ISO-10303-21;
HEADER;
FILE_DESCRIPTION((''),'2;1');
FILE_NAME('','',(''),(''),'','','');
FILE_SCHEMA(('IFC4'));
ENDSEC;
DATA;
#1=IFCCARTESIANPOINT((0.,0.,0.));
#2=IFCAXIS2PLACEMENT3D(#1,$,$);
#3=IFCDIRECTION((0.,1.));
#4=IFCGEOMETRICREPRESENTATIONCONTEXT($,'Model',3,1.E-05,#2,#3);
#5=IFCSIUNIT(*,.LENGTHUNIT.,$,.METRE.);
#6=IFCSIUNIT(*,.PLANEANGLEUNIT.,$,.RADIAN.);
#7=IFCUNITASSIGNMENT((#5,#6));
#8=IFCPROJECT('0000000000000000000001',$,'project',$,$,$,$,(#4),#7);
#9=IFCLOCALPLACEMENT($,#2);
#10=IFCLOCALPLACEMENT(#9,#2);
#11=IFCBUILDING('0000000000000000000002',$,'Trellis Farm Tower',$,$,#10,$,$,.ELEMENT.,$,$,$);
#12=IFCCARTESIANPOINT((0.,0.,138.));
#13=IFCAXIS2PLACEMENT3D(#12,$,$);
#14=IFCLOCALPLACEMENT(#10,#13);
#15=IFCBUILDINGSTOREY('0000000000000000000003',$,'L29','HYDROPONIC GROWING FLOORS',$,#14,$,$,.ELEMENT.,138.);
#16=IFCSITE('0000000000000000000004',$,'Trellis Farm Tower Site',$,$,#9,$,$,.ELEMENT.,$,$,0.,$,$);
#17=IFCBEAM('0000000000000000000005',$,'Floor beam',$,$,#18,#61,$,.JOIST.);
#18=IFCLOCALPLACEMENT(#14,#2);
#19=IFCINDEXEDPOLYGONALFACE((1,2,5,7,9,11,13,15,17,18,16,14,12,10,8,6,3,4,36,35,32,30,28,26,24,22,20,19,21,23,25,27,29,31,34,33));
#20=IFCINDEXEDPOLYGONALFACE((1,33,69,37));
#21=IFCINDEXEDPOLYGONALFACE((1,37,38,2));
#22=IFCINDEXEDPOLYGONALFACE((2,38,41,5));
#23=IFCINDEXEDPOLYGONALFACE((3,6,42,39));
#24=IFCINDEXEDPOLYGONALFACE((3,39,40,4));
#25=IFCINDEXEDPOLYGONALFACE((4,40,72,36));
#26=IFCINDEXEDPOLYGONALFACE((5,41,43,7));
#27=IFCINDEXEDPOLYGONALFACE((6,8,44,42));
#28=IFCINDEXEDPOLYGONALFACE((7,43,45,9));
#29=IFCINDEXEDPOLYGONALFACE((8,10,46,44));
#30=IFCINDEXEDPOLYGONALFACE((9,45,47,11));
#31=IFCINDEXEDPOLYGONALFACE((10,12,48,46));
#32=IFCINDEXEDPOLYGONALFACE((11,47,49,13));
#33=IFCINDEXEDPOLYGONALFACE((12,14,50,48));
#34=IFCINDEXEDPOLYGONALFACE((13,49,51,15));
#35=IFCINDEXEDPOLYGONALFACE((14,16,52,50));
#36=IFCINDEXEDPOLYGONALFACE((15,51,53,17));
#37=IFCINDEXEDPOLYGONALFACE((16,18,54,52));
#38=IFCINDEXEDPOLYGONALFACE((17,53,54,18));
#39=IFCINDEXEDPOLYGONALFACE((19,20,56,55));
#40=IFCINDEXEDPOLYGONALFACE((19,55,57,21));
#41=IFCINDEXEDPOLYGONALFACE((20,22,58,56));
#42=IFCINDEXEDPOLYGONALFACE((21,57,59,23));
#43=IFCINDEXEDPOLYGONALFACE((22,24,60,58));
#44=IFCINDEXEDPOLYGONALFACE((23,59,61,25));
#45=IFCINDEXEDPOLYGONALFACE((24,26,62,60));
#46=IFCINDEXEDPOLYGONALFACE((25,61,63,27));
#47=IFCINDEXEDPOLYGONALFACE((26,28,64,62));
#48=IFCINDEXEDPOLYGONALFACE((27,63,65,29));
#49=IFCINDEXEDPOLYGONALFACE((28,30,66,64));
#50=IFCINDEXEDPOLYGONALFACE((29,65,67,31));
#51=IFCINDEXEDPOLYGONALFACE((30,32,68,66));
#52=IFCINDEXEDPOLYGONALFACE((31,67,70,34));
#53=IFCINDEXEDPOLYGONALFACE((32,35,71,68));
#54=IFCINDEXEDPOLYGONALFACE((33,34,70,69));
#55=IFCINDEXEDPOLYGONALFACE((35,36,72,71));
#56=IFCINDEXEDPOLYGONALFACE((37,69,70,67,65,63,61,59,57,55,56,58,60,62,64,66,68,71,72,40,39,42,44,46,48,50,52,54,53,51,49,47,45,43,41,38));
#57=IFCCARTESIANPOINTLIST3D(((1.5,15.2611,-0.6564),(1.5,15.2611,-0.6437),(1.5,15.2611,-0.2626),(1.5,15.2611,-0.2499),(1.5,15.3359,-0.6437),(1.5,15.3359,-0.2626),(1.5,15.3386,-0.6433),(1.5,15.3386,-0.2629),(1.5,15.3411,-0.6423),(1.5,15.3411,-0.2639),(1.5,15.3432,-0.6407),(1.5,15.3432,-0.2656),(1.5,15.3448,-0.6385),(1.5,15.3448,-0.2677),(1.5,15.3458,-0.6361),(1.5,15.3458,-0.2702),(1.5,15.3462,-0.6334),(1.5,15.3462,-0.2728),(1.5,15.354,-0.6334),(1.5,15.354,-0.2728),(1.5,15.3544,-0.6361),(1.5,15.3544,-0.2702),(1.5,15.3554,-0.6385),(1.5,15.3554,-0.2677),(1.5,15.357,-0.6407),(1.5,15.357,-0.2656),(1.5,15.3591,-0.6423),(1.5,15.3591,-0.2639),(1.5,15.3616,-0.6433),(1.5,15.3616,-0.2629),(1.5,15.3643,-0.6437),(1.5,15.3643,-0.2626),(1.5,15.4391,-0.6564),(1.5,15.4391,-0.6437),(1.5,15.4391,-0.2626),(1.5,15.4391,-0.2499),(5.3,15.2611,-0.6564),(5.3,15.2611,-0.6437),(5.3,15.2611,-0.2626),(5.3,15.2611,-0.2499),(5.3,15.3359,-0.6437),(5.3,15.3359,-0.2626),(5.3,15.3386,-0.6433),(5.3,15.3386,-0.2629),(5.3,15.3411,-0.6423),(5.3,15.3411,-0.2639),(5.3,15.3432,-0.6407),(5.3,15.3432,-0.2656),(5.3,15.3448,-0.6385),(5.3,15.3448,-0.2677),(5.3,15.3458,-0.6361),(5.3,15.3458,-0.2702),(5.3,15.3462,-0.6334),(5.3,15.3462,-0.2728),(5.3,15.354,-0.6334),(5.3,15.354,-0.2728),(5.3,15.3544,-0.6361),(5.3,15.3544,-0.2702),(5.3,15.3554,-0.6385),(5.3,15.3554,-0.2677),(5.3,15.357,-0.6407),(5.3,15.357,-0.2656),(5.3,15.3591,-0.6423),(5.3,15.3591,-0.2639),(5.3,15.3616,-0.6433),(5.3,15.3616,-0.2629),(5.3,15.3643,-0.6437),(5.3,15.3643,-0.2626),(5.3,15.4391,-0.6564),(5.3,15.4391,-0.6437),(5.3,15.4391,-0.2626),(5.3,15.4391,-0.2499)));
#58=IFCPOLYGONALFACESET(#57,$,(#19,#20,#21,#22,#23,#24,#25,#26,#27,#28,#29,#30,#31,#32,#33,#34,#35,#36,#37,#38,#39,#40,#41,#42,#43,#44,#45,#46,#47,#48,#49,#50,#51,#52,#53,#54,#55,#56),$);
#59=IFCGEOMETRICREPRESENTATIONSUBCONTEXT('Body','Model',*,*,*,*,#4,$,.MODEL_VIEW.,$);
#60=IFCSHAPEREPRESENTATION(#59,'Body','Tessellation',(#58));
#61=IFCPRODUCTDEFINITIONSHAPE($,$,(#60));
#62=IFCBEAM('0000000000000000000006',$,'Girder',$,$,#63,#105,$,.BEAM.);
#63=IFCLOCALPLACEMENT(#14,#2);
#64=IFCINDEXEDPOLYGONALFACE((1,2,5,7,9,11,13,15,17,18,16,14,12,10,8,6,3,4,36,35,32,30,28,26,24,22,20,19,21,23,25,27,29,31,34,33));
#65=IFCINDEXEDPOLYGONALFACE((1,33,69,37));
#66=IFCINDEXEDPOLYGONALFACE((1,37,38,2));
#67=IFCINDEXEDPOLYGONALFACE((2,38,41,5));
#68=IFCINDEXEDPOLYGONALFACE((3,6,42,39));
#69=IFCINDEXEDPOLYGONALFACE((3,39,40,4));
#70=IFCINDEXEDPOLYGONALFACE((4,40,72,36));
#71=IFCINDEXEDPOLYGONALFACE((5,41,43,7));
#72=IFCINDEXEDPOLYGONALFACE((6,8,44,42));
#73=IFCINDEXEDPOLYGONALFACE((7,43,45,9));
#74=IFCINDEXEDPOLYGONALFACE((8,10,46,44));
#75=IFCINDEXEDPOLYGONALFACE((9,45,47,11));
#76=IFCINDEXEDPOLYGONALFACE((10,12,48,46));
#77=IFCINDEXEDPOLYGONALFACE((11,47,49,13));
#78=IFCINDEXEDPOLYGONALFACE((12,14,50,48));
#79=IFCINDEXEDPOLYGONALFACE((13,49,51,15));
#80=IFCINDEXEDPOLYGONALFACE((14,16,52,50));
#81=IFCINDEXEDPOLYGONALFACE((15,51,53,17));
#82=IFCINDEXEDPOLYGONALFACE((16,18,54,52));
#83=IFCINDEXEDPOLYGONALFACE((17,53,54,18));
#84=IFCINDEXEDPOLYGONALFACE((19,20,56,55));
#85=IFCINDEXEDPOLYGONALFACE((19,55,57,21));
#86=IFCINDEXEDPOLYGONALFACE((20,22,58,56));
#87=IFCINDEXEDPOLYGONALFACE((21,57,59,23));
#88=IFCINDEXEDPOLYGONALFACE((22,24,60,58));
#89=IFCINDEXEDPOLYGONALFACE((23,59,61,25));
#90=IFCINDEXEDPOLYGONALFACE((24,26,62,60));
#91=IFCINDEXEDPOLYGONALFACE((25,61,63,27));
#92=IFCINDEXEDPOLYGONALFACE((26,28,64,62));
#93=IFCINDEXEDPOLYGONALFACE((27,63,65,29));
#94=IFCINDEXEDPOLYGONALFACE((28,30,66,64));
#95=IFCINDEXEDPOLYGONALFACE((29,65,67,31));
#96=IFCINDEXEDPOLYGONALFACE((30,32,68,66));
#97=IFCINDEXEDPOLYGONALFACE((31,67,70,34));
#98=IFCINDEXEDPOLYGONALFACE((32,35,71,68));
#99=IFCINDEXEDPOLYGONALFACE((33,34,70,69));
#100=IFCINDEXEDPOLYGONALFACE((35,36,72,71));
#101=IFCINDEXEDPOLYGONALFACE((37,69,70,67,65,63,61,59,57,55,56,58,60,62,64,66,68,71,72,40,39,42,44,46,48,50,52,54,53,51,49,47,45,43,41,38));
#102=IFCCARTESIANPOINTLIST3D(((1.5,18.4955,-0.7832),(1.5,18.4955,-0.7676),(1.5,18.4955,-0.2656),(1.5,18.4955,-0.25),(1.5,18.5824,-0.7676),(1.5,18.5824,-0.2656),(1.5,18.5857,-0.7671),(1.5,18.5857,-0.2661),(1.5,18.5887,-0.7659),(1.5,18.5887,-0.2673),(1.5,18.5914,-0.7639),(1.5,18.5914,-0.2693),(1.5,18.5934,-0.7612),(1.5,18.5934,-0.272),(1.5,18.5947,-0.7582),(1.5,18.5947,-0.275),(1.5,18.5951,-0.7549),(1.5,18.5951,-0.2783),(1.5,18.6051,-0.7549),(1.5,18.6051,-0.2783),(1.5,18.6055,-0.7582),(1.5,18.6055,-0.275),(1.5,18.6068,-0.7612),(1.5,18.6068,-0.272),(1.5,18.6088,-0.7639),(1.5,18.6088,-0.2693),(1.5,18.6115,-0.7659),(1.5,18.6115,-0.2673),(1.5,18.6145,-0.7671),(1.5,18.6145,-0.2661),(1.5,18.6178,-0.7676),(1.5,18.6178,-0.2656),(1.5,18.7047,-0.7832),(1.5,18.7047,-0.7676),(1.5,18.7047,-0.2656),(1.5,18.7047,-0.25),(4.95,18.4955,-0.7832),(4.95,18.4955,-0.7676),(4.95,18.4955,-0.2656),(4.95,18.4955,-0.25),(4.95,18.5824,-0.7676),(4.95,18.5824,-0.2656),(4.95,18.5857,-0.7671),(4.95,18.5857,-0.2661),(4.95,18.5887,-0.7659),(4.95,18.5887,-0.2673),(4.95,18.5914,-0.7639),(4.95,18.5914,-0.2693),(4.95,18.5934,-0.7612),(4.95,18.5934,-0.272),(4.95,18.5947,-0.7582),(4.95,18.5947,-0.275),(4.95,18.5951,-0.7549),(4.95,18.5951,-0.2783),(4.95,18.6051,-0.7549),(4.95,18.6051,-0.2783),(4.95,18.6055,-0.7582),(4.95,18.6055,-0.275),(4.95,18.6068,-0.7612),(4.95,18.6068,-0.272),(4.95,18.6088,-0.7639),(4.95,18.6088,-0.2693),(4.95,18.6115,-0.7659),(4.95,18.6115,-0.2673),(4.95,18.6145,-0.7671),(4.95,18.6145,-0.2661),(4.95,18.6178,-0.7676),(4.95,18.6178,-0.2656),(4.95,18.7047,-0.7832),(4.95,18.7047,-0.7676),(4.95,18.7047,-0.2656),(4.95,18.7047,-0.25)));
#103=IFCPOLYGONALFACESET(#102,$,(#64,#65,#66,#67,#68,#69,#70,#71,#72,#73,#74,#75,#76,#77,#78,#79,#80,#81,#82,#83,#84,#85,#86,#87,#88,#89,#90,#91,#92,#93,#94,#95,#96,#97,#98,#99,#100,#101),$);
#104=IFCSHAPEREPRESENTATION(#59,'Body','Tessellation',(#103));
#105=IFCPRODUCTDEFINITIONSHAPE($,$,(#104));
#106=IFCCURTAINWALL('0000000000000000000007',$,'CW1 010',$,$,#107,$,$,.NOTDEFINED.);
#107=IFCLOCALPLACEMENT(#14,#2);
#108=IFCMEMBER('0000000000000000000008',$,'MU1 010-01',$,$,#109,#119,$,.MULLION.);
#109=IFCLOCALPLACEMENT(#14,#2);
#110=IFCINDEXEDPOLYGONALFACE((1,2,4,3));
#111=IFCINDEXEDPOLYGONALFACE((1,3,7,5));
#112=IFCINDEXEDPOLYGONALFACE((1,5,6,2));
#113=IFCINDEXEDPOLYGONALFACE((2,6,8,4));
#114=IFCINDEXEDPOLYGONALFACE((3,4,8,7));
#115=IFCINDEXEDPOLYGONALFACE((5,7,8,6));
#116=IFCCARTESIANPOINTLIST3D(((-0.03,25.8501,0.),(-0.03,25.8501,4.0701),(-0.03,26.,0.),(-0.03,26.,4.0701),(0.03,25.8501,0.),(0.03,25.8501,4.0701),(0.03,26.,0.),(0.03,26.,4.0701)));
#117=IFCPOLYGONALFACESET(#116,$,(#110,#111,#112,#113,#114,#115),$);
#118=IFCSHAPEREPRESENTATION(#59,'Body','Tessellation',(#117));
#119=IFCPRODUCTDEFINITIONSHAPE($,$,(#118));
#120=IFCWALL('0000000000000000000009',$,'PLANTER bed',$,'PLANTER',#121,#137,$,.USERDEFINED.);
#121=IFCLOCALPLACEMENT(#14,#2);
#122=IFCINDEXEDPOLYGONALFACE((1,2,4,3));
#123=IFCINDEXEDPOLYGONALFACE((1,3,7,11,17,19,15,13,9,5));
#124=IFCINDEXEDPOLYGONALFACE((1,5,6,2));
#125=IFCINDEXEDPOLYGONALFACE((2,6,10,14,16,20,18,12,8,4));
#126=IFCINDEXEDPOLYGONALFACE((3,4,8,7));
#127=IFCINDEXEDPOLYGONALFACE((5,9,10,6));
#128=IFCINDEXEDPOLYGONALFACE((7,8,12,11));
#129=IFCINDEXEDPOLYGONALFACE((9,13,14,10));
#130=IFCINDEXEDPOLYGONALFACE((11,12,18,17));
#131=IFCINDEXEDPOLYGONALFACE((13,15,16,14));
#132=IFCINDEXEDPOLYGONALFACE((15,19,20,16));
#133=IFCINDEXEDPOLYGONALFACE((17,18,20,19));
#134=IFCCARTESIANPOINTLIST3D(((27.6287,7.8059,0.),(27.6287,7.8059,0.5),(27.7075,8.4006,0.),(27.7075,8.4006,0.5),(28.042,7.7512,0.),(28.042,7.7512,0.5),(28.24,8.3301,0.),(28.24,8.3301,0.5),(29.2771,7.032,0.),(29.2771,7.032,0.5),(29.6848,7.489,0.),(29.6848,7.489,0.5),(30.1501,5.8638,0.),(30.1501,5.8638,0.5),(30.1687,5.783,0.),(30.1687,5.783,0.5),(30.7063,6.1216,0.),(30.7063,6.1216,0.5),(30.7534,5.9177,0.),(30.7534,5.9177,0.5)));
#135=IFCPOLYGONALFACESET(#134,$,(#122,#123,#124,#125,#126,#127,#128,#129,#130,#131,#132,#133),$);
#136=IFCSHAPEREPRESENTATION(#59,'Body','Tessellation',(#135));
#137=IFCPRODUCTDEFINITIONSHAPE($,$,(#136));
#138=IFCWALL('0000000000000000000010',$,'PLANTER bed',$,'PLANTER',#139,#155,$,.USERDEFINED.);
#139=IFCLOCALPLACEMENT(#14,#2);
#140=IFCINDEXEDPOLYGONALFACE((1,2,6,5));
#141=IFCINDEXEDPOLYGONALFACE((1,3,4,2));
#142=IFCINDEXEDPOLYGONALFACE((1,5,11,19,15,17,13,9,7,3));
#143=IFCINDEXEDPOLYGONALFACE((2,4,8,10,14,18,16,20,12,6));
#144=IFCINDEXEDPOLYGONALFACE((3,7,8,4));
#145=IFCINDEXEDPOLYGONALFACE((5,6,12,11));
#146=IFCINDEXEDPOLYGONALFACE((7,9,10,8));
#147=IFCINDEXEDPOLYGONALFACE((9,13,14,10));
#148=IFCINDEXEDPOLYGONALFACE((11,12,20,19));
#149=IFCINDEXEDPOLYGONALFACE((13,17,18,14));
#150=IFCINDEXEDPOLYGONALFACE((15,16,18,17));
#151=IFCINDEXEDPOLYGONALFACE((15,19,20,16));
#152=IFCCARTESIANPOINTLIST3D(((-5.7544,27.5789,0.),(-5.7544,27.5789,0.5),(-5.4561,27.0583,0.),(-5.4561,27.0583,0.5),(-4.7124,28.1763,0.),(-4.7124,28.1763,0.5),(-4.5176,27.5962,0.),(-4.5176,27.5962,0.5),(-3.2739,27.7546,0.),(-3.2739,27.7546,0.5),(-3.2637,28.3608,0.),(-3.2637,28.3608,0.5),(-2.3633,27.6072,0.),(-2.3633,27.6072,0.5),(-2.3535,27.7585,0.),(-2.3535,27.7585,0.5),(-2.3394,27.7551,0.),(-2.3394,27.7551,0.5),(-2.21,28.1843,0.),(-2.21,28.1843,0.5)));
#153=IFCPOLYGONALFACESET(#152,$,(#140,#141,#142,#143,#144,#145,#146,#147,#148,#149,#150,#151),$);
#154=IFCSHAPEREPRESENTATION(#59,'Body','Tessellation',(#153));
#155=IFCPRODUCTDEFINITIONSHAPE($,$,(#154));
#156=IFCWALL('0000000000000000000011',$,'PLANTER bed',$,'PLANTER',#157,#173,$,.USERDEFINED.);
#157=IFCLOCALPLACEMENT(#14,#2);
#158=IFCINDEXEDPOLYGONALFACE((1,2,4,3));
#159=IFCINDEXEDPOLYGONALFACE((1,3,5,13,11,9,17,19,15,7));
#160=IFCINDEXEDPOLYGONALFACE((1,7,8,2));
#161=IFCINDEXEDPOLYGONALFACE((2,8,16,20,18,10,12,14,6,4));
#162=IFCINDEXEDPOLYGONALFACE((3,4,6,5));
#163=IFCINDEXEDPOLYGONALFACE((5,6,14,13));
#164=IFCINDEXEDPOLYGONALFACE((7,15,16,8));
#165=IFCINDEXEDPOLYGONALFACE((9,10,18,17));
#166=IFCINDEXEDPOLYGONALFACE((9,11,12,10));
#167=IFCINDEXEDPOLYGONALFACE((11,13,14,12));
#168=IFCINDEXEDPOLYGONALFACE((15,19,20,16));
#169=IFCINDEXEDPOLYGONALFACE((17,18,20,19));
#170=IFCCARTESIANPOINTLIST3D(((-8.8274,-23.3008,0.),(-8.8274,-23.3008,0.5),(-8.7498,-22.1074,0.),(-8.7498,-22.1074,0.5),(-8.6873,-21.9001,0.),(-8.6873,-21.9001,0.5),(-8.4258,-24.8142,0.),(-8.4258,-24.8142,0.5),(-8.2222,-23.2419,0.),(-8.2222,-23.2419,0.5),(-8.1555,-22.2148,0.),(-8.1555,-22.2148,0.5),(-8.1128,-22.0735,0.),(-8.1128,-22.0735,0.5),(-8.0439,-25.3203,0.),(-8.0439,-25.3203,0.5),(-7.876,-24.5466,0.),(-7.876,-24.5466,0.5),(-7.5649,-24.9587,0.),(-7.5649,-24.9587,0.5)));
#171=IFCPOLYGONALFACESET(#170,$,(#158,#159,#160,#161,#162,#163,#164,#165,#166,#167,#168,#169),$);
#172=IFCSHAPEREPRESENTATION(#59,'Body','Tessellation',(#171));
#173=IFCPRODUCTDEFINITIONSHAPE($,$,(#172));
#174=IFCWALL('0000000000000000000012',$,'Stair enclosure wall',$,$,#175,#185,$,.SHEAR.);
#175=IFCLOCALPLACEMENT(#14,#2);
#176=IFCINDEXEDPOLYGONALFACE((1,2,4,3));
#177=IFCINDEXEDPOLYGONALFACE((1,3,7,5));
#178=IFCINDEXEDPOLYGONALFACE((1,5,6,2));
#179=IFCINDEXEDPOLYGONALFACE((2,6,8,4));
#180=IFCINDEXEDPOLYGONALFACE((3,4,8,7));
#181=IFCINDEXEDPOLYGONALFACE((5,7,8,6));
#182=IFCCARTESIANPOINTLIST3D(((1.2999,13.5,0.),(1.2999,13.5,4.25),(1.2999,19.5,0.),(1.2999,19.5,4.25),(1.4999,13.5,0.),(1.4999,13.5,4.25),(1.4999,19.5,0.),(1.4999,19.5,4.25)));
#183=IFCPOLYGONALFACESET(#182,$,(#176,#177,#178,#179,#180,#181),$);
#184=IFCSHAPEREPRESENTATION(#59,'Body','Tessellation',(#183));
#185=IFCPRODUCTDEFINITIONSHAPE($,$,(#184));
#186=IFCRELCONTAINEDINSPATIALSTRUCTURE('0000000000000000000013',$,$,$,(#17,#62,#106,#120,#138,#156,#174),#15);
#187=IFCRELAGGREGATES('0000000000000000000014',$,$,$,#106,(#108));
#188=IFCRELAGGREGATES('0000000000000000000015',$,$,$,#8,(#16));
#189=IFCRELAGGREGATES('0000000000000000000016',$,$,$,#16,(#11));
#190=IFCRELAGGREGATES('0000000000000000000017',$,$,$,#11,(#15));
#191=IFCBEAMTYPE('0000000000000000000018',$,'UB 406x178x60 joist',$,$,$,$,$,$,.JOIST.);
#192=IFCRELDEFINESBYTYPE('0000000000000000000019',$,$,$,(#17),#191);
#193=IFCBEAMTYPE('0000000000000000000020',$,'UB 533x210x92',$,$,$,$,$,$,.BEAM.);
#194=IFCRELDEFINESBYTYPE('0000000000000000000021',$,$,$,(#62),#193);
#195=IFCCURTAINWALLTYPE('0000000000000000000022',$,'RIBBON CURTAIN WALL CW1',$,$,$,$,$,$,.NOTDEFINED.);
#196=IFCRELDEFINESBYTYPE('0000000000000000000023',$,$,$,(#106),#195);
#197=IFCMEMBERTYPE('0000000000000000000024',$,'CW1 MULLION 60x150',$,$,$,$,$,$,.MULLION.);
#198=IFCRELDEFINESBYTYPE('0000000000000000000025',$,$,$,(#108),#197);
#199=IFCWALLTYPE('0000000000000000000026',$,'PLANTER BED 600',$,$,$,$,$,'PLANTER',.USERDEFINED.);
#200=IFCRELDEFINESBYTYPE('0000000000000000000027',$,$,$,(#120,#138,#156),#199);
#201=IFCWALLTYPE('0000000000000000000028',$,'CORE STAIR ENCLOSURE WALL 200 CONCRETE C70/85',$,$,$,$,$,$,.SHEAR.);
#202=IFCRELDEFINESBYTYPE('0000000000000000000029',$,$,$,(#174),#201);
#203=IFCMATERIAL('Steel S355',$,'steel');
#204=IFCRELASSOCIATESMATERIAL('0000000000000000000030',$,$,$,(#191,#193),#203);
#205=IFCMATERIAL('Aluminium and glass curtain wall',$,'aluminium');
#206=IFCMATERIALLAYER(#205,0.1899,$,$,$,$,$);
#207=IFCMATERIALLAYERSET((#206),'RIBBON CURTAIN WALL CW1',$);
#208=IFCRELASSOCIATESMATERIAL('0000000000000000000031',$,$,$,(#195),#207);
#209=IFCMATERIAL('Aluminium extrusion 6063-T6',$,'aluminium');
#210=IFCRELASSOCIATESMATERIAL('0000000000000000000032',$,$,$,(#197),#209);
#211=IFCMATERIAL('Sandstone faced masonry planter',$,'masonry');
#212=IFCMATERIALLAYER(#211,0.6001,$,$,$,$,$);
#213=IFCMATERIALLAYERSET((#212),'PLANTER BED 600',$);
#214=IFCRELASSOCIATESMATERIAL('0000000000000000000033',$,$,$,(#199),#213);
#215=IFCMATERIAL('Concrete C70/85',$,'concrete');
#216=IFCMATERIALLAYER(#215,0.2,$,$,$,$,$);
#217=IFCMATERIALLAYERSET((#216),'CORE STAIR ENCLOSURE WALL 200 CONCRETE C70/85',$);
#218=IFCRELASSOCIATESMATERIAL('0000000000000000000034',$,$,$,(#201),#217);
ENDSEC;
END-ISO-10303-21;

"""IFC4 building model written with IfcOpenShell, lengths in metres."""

from ifc_helpers import new_model, si_unit, direction, frame, frame_2d, origin, origin_2d, place, context, subcontext, project, spatial, polyline, rectangle, i_section, outline, extrude, source, transform, mapped, material, layer, layer_set, material_profile, profile_set, type_object, element, aggregate, save


model = new_model("IFC4")

# Units and contexts
model_context = context("Model", 3, precision=1e-05, world=origin(), true_north=direction((0.0, 1.0)))
body_context = subcontext(model_context, "Body", "Model", "MODEL_VIEW")
ifc_project = project(units=[si_unit("LENGTHUNIT", "METRE"), si_unit("PLANEANGLEUNIT", "RADIAN")], contexts=[model_context])

# Site, building, storey
site_placement = place(None, origin())
site = spatial("IfcSite", under=ifc_project, at=site_placement, Name="Trellis Farm Tower Site", CompositionType="ELEMENT", RefElevation=0.0)
building_placement = place(site_placement, origin())
building = spatial("IfcBuilding", under=site, at=building_placement, Name="Trellis Farm Tower", CompositionType="ELEMENT")
storey_placement = place(building_placement, frame((0.0, 0.0, 138.0)))
storey = spatial("IfcBuildingStorey", under=building, at=storey_placement, Name="L29", Description="HYDROPONIC GROWING FLOORS", CompositionType="ELEMENT", Elevation=138.0)

# Beams
ifc_material_1 = material(Name="Steel S355", Category="steel")
ifc_material_profile_1 = material_profile(ifc_material_1, i_section(OverallWidth=0.178, OverallDepth=0.4065, WebThickness=0.0078, FlangeThickness=0.0127, FilletRadius=0.0103, at=origin_2d()), Name="UB 406x178x60")
ifc_profile_set_1 = profile_set([ifc_material_profile_1], Name="Steel S355")
beam_type_1 = type_object("IfcBeamType", Name="UB 406x178x60 joist", PredefinedType="JOIST", material=ifc_profile_set_1)
shared_shape_1 = source(origin(), body_context, "Body", "SweptSolid", [
    extrude(i_section(OverallWidth=0.178, OverallDepth=0.4065, WebThickness=0.0078, FlangeThickness=0.0127, FilletRadius=0.0103, at=origin_2d()), origin(), (0.0, 0.0, 1.0), 3.8),
])
beam_1_placement = place(storey_placement, frame((1.5, 15.3501, -0.4531), z_axis=(1.0, 0.0, 0.0), x_axis=(0.0, 1.0, 0.0)))
element("IfcBeam", 1, at=beam_1_placement, inside=storey, type_object=beam_type_1, Name="Floor beam", PredefinedType="JOIST", context=body_context, shape_type="MappedRepresentation", body=[
    mapped(shared_shape_1, transform((0.0, 0.0, 0.0))),
])
ifc_material_profile_2 = material_profile(ifc_material_1, i_section(OverallWidth=0.2092, OverallDepth=0.5332, WebThickness=0.01, FlangeThickness=0.0156, FilletRadius=0.0127, at=origin_2d()), Name="UB 533x210x92")
ifc_profile_set_2 = profile_set([ifc_material_profile_2], Name="Steel S355")
beam_type_2 = type_object("IfcBeamType", Name="UB 533x210x92", PredefinedType="BEAM", material=ifc_profile_set_2)
shared_shape_2 = source(origin(), body_context, "Body", "SweptSolid", [
    extrude(i_section(OverallWidth=0.2092, OverallDepth=0.5332, WebThickness=0.01, FlangeThickness=0.0156, FilletRadius=0.0127, at=origin_2d()), origin(), (0.0, 0.0, 1.0), 3.45),
])
beam_2_placement = place(storey_placement, frame((1.5, 18.6001, -0.5166), z_axis=(1.0, 0.0, 0.0), x_axis=(0.0, 1.0, 0.0)))
element("IfcBeam", 2, at=beam_2_placement, inside=storey, type_object=beam_type_2, Name="Girder", PredefinedType="BEAM", context=body_context, shape_type="MappedRepresentation", body=[
    mapped(shared_shape_2, transform((0.0, 0.0, 0.0))),
])

# Curtain wall, member
ifc_material_2 = material(Name="Aluminium and glass curtain wall", Category="aluminium")
ifc_layer_1 = layer(ifc_material_2, 0.1899)
ifc_layer_set_1 = layer_set([ifc_layer_1], Name="RIBBON CURTAIN WALL CW1")
curtain_wall_type = type_object("IfcCurtainWallType", Name="RIBBON CURTAIN WALL CW1", PredefinedType="NOTDEFINED", material=ifc_layer_set_1)
placement = place(storey_placement, origin())
curtain_wall = element("IfcCurtainWall", 3, at=placement, inside=storey, type_object=curtain_wall_type, Name="CW1 010", PredefinedType="NOTDEFINED")
ifc_material_3 = material(Name="Aluminium extrusion 6063-T6", Category="aluminium")
ifc_material_profile_3 = material_profile(ifc_material_3, rectangle(XDim=0.0601, YDim=0.1499, at=origin_2d()), Name="MULLION 60x150")
ifc_profile_set_3 = profile_set([ifc_material_profile_3], Name="Aluminium extrusion 6063-T6")
member_type = type_object("IfcMemberType", Name="CW1 MULLION 60x150", PredefinedType="MULLION", material=ifc_profile_set_3)
shared_shape_3 = source(origin(), body_context, "Body", "SweptSolid", [
    extrude(rectangle(XDim=0.0601, YDim=0.1499, at=origin_2d()), origin(), (0.0, 0.0, 1.0), 4.0701),
])
member_placement = place(storey_placement, frame((0.0, 25.925, 0.0), z_axis=(0.0, 0.0, 1.0), x_axis=(-1.0, 0.0, 0.0)))
member = element("IfcMember", 4, at=member_placement, type_object=member_type, Name="MU1 010-01", PredefinedType="MULLION", context=body_context, shape_type="MappedRepresentation", body=[
    mapped(shared_shape_3, transform((0.0, 0.0, 0.0))),
])
aggregate(curtain_wall, [member])

# Walls
ifc_material_4 = material(Name="Sandstone faced masonry planter", Category="masonry")
ifc_layer_2 = layer(ifc_material_4, 0.6001)
ifc_layer_set_2 = layer_set([ifc_layer_2], Name="PLANTER BED 600")
wall_type_1 = type_object("IfcWallType", Name="PLANTER BED 600", ElementType="PLANTER", PredefinedType="USERDEFINED", material=ifc_layer_set_2)
element("IfcWall", 5, at=placement, inside=storey, type_object=wall_type_1, Name="PLANTER bed", ObjectType="PLANTER", PredefinedType="USERDEFINED", context=body_context, shape_type="SweptSolid", body=[
    extrude(outline(polyline([(28.24, 8.3301), (29.6848, 7.489), (30.7063, 6.1216), (30.7534, 5.9177), (30.1687, 5.783), (30.1501, 5.8638), (29.2771, 7.032), (28.042, 7.7512), (27.6287, 7.8059), (27.7075, 8.4006), (28.24, 8.3301)])), origin(), (0.0, 0.0, 1.0), 0.5),
])
element("IfcWall", 6, at=placement, inside=storey, type_object=wall_type_1, Name="PLANTER bed", ObjectType="PLANTER", PredefinedType="USERDEFINED", context=body_context, shape_type="SweptSolid", body=[
    extrude(outline(polyline([(-3.2637, 28.3608), (-2.21, 28.1843), (-2.3535, 27.7585), (-2.3394, 27.7551), (-2.3633, 27.6072), (-3.2739, 27.7546), (-4.5176, 27.5962), (-5.4561, 27.0583), (-5.7544, 27.5789), (-4.7124, 28.1763), (-3.2637, 28.3608)])), origin(), (0.0, 0.0, 1.0), 0.5),
])
element("IfcWall", 7, at=placement, inside=storey, type_object=wall_type_1, Name="PLANTER bed", ObjectType="PLANTER", PredefinedType="USERDEFINED", context=body_context, shape_type="SweptSolid", body=[
    extrude(outline(polyline([(-8.8274, -23.3008), (-8.7498, -22.1074), (-8.6873, -21.9001), (-8.1128, -22.0735), (-8.1555, -22.2148), (-8.2222, -23.2419), (-7.876, -24.5466), (-7.5649, -24.9587), (-8.0439, -25.3203), (-8.4258, -24.8142), (-8.8274, -23.3008)])), origin(), (0.0, 0.0, 1.0), 0.5),
])
ifc_material_5 = material(Name="Concrete C70/85", Category="concrete")
ifc_layer_3 = layer(ifc_material_5, 0.2)
ifc_layer_set_3 = layer_set([ifc_layer_3], Name="CORE STAIR ENCLOSURE WALL 200 CONCRETE C70/85")
wall_type_2 = type_object("IfcWallType", Name="CORE STAIR ENCLOSURE WALL 200 CONCRETE C70/85", PredefinedType="SHEAR", material=ifc_layer_set_3)
shared_shape_4 = source(origin(), body_context, "Body", "SweptSolid", [
    extrude(rectangle(XDim=6.0, YDim=0.2, at=frame_2d((3.0, 0.0))), origin(), (0.0, 0.0, 1.0), 4.25),
])
wall_1_placement = place(storey_placement, frame((1.3999, 13.5, 0.0), z_axis=(0.0, 0.0, 1.0), x_axis=(0.0, 1.0, 0.0)))
element("IfcWall", 8, at=wall_1_placement, inside=storey, type_object=wall_type_2, Name="Stair enclosure wall", PredefinedType="SHEAR", context=body_context, shape_type="MappedRepresentation", body=[
    mapped(shared_shape_4, transform((0.0, 0.0, 0.0))),
])

save(model, "model.ifc")
